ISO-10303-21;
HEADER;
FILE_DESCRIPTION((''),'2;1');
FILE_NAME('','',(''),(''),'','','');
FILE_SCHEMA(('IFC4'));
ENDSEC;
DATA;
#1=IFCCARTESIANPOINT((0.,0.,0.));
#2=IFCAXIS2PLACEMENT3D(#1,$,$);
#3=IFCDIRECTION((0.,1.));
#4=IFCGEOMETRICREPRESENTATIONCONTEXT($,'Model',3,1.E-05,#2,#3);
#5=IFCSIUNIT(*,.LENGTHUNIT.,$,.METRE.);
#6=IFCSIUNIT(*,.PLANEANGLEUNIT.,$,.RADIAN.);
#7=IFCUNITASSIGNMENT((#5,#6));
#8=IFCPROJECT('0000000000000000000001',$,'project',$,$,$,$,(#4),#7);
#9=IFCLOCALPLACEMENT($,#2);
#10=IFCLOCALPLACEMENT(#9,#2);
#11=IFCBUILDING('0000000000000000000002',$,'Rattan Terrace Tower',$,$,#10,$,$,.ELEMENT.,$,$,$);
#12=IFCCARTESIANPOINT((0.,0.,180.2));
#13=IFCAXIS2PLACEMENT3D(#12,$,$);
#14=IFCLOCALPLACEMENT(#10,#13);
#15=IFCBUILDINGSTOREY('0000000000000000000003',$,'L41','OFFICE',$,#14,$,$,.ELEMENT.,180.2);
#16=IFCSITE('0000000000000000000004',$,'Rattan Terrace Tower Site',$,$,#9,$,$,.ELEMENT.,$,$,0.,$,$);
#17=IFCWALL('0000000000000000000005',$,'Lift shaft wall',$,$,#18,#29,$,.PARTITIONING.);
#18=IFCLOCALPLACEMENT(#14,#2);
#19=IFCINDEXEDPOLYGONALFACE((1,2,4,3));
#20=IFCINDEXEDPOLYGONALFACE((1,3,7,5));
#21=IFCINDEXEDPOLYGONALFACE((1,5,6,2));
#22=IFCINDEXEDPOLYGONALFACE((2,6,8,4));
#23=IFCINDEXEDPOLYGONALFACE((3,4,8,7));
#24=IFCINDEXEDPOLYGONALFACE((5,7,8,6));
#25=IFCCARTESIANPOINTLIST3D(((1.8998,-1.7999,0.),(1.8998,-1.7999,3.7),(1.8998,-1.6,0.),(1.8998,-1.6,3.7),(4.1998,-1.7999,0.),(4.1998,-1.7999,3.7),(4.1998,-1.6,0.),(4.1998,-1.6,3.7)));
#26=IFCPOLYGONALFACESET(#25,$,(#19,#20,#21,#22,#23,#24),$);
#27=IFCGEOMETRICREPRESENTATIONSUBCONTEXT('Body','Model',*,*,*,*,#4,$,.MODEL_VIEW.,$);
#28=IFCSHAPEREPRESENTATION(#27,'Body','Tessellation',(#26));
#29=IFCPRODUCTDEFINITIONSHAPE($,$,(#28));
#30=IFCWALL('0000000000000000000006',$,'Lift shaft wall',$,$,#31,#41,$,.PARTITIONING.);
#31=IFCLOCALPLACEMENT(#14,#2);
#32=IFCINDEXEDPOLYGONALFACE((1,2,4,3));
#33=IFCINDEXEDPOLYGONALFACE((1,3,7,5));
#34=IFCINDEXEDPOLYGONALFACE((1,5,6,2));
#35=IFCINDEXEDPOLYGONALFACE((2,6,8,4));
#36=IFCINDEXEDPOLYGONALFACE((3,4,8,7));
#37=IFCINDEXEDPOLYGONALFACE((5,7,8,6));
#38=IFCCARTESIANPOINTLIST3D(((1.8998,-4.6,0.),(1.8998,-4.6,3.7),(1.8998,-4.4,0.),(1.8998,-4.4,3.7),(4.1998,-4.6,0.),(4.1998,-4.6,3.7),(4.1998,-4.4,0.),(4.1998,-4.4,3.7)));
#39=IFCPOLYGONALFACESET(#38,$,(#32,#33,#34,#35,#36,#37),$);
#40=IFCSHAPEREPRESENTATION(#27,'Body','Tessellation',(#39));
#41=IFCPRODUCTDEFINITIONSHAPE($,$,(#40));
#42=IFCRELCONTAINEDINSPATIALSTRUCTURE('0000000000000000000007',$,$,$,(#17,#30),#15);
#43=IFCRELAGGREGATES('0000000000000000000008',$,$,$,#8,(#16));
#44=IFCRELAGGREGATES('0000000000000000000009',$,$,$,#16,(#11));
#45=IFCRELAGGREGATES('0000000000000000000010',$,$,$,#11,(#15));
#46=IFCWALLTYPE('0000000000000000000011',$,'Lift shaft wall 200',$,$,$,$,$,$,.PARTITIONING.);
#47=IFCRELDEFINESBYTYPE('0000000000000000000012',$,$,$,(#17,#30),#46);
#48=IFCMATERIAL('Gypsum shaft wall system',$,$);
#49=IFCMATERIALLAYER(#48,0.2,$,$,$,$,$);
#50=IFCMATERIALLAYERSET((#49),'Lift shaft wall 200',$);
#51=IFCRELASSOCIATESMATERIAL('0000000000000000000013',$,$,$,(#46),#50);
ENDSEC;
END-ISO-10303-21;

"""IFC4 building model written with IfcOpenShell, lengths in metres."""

from ifc_helpers import new_model, si_unit, direction, frame, frame_2d, origin, place, context, subcontext, project, spatial, rectangle, extrude, material, layer, layer_set, type_object, element, save


model = new_model("IFC4")

# Units and contexts
model_context = context("Model", 3, precision=1e-05, world=origin(), true_north=direction((0.0, 1.0)))
body_context = subcontext(model_context, "Body", "Model", "MODEL_VIEW")
ifc_project = project(units=[si_unit("LENGTHUNIT", "METRE"), si_unit("PLANEANGLEUNIT", "RADIAN")], contexts=[model_context])

# Site, building, storey
site_placement = place(None, origin())
site = spatial("IfcSite", under=ifc_project, at=site_placement, Name="Rattan Terrace Tower Site", CompositionType="ELEMENT", RefElevation=0.0)
building_placement = place(site_placement, origin())
building = spatial("IfcBuilding", under=site, at=building_placement, Name="Rattan Terrace Tower", CompositionType="ELEMENT")
storey_placement = place(building_placement, frame((0.0, 0.0, 180.2)))
storey = spatial("IfcBuildingStorey", under=building, at=storey_placement, Name="L41", Description="OFFICE", CompositionType="ELEMENT", Elevation=180.2)

# Walls
ifc_material_1 = material(Name="Gypsum shaft wall system")
ifc_layer_1 = layer(ifc_material_1, 0.2)
ifc_layer_set_1 = layer_set([ifc_layer_1], Name="Lift shaft wall 200")
wall_type_1 = type_object("IfcWallType", Name="Lift shaft wall 200", PredefinedType="PARTITIONING", material=ifc_layer_set_1)
for number, where, z_axis, x_axis, name in (
    (1, (1.8999, -1.7, 0.0), (0.0, 0.0, 1.0), (1.0, 0.0, 0.0), "Lift shaft wall"),
    (2, (1.8999, -4.5, 0.0), (0.0, 0.0, 1.0), (1.0, 0.0, 0.0), "Lift shaft wall"),
):
    element("IfcWall", number, at=place(storey_placement, frame(where, z_axis=z_axis, x_axis=x_axis)), inside=storey, type_object=wall_type_1, Name=name, PredefinedType="PARTITIONING", context=body_context, shape_type="SweptSolid", body=[
        extrude(rectangle(XDim=2.3, YDim=0.2, at=frame_2d((1.1499, 0.0))), origin(), (0.0, 0.0, 1.0), 3.7),
    ])

save(model, "model.ifc")
